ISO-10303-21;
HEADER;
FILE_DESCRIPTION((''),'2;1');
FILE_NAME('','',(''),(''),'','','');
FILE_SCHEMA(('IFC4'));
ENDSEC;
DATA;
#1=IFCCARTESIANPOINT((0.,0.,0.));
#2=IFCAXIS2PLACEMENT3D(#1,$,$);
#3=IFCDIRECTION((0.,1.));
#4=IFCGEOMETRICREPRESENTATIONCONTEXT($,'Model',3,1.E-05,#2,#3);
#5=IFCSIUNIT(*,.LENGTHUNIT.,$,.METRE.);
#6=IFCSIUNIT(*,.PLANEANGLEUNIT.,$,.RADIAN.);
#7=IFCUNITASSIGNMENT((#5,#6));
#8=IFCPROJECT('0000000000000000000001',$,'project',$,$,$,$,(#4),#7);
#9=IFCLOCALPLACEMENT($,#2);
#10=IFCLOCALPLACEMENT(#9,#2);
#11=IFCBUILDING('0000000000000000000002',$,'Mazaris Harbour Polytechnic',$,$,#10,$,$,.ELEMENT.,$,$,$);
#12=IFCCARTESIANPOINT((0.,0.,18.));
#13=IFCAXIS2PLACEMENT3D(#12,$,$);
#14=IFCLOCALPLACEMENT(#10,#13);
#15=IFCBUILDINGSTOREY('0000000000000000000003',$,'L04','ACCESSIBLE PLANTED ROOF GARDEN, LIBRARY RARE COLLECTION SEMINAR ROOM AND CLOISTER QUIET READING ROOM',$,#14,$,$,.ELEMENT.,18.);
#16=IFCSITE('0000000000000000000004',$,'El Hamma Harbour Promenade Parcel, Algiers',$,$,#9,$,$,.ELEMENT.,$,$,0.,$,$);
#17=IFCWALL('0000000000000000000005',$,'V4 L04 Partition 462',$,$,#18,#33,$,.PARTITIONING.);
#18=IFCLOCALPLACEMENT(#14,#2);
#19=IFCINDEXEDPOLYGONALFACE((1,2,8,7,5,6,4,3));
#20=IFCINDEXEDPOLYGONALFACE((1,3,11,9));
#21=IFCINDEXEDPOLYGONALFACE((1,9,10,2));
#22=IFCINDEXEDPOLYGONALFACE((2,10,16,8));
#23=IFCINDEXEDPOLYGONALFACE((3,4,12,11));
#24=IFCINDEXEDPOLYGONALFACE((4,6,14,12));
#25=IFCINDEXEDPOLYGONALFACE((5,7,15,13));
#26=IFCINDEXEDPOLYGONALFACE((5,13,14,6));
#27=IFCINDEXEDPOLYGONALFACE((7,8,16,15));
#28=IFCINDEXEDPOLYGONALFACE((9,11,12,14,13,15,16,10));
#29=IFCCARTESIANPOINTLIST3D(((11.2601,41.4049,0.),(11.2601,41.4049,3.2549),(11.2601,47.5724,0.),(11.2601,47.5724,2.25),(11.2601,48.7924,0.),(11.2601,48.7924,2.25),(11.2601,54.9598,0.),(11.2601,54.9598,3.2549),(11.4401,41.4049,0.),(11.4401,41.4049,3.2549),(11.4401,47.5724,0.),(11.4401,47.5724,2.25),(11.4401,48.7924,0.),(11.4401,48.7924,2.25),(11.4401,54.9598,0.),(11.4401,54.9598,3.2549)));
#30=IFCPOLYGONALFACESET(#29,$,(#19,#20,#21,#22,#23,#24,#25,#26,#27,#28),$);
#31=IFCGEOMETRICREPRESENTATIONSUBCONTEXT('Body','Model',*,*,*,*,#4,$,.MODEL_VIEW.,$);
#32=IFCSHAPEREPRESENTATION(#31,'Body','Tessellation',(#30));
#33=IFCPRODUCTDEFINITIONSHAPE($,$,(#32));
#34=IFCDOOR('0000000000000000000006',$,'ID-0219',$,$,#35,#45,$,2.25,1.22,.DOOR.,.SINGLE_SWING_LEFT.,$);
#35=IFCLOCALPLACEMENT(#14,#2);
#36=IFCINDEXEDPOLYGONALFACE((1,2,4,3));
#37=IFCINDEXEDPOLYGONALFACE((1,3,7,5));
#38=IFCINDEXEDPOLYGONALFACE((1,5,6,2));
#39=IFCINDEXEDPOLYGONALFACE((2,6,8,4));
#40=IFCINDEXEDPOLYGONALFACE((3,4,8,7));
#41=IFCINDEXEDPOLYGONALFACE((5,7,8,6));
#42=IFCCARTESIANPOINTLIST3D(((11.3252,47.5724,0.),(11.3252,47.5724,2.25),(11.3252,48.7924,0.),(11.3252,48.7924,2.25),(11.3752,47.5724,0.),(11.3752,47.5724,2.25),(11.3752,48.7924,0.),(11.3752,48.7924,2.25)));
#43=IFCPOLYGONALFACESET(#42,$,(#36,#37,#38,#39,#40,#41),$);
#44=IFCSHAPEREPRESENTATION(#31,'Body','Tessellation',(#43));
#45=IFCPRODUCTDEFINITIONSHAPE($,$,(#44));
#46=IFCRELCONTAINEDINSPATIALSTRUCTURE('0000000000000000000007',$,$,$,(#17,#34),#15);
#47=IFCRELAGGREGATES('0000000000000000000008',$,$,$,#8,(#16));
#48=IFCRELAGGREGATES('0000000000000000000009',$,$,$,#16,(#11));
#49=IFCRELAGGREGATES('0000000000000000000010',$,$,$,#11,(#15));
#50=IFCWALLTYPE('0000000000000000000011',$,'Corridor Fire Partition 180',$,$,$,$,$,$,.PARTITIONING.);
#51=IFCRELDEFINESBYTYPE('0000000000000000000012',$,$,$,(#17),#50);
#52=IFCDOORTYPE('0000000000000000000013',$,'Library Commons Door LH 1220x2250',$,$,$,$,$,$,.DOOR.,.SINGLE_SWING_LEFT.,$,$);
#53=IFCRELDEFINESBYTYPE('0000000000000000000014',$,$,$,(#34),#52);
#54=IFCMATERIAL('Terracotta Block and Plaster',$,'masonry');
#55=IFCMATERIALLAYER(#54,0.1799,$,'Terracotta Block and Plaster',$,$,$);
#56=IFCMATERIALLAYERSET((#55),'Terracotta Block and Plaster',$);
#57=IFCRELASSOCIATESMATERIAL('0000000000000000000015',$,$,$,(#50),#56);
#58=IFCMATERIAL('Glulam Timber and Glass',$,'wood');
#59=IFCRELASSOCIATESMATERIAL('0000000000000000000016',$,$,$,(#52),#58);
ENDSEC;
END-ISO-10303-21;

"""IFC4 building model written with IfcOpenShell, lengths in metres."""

from ifc_helpers import new_model, si_unit, direction, frame, frame_2d, origin, place, context, subcontext, project, spatial, rectangle, extrude, material, layer, layer_set, type_object, element, fill, save


model = new_model("IFC4")

# Units and contexts
model_context = context("Model", 3, precision=1e-05, world=origin(), true_north=direction((0.0, 1.0)))
body_context = subcontext(model_context, "Body", "Model", "MODEL_VIEW")
ifc_project = project(units=[si_unit("LENGTHUNIT", "METRE"), si_unit("PLANEANGLEUNIT", "RADIAN")], contexts=[model_context])

# Site, building, storey
site_placement = place(None, origin())
site = spatial("IfcSite", under=ifc_project, at=site_placement, Name="El Hamma Harbour Promenade Parcel, Algiers", CompositionType="ELEMENT", RefElevation=0.0)
building_placement = place(site_placement, origin())
building = spatial("IfcBuilding", under=site, at=building_placement, Name="Mazaris Harbour Polytechnic", CompositionType="ELEMENT")
storey_placement = place(building_placement, frame((0.0, 0.0, 18.0)))
storey = spatial("IfcBuildingStorey", under=building, at=storey_placement, Name="L04", Description="ACCESSIBLE PLANTED ROOF GARDEN, LIBRARY RARE COLLECTION SEMINAR ROOM AND CLOISTER QUIET READING ROOM", CompositionType="ELEMENT", Elevation=18.0)

# Wall, opening, door
ifc_material_1 = material(Name="Terracotta Block and Plaster", Category="masonry")
ifc_layer_1 = layer(ifc_material_1, 0.1799, Name="Terracotta Block and Plaster")
ifc_layer_set_1 = layer_set([ifc_layer_1], Name="Terracotta Block and Plaster")
wall_type_1 = type_object("IfcWallType", Name="Corridor Fire Partition 180", PredefinedType="PARTITIONING", material=ifc_layer_set_1)
wall_1_placement = place(storey_placement, frame((11.3501, 41.405, 0.0), z_axis=(0.0, 0.0, 1.0), x_axis=(0.0, 1.0, 0.0)))
wall_1 = element("IfcWall", 1, at=wall_1_placement, inside=storey, type_object=wall_type_1, Name="V4 L04 Partition 462", PredefinedType="PARTITIONING", context=body_context, shape_type="SweptSolid", body=[
    extrude(rectangle(XDim=13.5549, YDim=0.1799, at=frame_2d((6.7773, 0.0))), origin(), (0.0, 0.0, 1.0), 3.2549),
])
opening_placement = place(wall_1_placement, frame((6.1675, 0.0, 0.0)))
opening = element("IfcOpeningElement", 2, at=opening_placement, cuts=wall_1, PredefinedType="OPENING", context=body_context, shape_type="SweptSolid", body=[
    extrude(rectangle(XDim=1.22, YDim=2.25, at=frame_2d((0.6099, 1.125))), frame((0.0, 0.0999, 0.0), z_axis=(0.0, -1.0, 0.0), x_axis=(1.0, 0.0, 0.0)), (0.0, 0.0, 1.0), 0.2),
])
ifc_material_2 = material(Name="Glulam Timber and Glass", Category="wood")
door_type = type_object("IfcDoorType", Name="Library Commons Door LH 1220x2250", OperationType="SINGLE_SWING_LEFT", PredefinedType="DOOR", material=ifc_material_2)
door_placement = place(opening_placement, origin())
door = element("IfcDoor", 3, at=door_placement, inside=storey, type_object=door_type, Name="ID-0219", OperationType="SINGLE_SWING_LEFT", OverallHeight=2.25, OverallWidth=1.22, PredefinedType="DOOR", context=body_context, shape_type="SweptSolid", body=[
    extrude(rectangle(XDim=1.22, YDim=2.25, at=frame_2d((0.6099, 1.125))), frame((0.0, 0.0249, 0.0), z_axis=(0.0, -1.0, 0.0), x_axis=(1.0, 0.0, 0.0)), (0.0, 0.0, 1.0), 0.05),
])
fill(opening, door)

save(model, "model.ifc")
